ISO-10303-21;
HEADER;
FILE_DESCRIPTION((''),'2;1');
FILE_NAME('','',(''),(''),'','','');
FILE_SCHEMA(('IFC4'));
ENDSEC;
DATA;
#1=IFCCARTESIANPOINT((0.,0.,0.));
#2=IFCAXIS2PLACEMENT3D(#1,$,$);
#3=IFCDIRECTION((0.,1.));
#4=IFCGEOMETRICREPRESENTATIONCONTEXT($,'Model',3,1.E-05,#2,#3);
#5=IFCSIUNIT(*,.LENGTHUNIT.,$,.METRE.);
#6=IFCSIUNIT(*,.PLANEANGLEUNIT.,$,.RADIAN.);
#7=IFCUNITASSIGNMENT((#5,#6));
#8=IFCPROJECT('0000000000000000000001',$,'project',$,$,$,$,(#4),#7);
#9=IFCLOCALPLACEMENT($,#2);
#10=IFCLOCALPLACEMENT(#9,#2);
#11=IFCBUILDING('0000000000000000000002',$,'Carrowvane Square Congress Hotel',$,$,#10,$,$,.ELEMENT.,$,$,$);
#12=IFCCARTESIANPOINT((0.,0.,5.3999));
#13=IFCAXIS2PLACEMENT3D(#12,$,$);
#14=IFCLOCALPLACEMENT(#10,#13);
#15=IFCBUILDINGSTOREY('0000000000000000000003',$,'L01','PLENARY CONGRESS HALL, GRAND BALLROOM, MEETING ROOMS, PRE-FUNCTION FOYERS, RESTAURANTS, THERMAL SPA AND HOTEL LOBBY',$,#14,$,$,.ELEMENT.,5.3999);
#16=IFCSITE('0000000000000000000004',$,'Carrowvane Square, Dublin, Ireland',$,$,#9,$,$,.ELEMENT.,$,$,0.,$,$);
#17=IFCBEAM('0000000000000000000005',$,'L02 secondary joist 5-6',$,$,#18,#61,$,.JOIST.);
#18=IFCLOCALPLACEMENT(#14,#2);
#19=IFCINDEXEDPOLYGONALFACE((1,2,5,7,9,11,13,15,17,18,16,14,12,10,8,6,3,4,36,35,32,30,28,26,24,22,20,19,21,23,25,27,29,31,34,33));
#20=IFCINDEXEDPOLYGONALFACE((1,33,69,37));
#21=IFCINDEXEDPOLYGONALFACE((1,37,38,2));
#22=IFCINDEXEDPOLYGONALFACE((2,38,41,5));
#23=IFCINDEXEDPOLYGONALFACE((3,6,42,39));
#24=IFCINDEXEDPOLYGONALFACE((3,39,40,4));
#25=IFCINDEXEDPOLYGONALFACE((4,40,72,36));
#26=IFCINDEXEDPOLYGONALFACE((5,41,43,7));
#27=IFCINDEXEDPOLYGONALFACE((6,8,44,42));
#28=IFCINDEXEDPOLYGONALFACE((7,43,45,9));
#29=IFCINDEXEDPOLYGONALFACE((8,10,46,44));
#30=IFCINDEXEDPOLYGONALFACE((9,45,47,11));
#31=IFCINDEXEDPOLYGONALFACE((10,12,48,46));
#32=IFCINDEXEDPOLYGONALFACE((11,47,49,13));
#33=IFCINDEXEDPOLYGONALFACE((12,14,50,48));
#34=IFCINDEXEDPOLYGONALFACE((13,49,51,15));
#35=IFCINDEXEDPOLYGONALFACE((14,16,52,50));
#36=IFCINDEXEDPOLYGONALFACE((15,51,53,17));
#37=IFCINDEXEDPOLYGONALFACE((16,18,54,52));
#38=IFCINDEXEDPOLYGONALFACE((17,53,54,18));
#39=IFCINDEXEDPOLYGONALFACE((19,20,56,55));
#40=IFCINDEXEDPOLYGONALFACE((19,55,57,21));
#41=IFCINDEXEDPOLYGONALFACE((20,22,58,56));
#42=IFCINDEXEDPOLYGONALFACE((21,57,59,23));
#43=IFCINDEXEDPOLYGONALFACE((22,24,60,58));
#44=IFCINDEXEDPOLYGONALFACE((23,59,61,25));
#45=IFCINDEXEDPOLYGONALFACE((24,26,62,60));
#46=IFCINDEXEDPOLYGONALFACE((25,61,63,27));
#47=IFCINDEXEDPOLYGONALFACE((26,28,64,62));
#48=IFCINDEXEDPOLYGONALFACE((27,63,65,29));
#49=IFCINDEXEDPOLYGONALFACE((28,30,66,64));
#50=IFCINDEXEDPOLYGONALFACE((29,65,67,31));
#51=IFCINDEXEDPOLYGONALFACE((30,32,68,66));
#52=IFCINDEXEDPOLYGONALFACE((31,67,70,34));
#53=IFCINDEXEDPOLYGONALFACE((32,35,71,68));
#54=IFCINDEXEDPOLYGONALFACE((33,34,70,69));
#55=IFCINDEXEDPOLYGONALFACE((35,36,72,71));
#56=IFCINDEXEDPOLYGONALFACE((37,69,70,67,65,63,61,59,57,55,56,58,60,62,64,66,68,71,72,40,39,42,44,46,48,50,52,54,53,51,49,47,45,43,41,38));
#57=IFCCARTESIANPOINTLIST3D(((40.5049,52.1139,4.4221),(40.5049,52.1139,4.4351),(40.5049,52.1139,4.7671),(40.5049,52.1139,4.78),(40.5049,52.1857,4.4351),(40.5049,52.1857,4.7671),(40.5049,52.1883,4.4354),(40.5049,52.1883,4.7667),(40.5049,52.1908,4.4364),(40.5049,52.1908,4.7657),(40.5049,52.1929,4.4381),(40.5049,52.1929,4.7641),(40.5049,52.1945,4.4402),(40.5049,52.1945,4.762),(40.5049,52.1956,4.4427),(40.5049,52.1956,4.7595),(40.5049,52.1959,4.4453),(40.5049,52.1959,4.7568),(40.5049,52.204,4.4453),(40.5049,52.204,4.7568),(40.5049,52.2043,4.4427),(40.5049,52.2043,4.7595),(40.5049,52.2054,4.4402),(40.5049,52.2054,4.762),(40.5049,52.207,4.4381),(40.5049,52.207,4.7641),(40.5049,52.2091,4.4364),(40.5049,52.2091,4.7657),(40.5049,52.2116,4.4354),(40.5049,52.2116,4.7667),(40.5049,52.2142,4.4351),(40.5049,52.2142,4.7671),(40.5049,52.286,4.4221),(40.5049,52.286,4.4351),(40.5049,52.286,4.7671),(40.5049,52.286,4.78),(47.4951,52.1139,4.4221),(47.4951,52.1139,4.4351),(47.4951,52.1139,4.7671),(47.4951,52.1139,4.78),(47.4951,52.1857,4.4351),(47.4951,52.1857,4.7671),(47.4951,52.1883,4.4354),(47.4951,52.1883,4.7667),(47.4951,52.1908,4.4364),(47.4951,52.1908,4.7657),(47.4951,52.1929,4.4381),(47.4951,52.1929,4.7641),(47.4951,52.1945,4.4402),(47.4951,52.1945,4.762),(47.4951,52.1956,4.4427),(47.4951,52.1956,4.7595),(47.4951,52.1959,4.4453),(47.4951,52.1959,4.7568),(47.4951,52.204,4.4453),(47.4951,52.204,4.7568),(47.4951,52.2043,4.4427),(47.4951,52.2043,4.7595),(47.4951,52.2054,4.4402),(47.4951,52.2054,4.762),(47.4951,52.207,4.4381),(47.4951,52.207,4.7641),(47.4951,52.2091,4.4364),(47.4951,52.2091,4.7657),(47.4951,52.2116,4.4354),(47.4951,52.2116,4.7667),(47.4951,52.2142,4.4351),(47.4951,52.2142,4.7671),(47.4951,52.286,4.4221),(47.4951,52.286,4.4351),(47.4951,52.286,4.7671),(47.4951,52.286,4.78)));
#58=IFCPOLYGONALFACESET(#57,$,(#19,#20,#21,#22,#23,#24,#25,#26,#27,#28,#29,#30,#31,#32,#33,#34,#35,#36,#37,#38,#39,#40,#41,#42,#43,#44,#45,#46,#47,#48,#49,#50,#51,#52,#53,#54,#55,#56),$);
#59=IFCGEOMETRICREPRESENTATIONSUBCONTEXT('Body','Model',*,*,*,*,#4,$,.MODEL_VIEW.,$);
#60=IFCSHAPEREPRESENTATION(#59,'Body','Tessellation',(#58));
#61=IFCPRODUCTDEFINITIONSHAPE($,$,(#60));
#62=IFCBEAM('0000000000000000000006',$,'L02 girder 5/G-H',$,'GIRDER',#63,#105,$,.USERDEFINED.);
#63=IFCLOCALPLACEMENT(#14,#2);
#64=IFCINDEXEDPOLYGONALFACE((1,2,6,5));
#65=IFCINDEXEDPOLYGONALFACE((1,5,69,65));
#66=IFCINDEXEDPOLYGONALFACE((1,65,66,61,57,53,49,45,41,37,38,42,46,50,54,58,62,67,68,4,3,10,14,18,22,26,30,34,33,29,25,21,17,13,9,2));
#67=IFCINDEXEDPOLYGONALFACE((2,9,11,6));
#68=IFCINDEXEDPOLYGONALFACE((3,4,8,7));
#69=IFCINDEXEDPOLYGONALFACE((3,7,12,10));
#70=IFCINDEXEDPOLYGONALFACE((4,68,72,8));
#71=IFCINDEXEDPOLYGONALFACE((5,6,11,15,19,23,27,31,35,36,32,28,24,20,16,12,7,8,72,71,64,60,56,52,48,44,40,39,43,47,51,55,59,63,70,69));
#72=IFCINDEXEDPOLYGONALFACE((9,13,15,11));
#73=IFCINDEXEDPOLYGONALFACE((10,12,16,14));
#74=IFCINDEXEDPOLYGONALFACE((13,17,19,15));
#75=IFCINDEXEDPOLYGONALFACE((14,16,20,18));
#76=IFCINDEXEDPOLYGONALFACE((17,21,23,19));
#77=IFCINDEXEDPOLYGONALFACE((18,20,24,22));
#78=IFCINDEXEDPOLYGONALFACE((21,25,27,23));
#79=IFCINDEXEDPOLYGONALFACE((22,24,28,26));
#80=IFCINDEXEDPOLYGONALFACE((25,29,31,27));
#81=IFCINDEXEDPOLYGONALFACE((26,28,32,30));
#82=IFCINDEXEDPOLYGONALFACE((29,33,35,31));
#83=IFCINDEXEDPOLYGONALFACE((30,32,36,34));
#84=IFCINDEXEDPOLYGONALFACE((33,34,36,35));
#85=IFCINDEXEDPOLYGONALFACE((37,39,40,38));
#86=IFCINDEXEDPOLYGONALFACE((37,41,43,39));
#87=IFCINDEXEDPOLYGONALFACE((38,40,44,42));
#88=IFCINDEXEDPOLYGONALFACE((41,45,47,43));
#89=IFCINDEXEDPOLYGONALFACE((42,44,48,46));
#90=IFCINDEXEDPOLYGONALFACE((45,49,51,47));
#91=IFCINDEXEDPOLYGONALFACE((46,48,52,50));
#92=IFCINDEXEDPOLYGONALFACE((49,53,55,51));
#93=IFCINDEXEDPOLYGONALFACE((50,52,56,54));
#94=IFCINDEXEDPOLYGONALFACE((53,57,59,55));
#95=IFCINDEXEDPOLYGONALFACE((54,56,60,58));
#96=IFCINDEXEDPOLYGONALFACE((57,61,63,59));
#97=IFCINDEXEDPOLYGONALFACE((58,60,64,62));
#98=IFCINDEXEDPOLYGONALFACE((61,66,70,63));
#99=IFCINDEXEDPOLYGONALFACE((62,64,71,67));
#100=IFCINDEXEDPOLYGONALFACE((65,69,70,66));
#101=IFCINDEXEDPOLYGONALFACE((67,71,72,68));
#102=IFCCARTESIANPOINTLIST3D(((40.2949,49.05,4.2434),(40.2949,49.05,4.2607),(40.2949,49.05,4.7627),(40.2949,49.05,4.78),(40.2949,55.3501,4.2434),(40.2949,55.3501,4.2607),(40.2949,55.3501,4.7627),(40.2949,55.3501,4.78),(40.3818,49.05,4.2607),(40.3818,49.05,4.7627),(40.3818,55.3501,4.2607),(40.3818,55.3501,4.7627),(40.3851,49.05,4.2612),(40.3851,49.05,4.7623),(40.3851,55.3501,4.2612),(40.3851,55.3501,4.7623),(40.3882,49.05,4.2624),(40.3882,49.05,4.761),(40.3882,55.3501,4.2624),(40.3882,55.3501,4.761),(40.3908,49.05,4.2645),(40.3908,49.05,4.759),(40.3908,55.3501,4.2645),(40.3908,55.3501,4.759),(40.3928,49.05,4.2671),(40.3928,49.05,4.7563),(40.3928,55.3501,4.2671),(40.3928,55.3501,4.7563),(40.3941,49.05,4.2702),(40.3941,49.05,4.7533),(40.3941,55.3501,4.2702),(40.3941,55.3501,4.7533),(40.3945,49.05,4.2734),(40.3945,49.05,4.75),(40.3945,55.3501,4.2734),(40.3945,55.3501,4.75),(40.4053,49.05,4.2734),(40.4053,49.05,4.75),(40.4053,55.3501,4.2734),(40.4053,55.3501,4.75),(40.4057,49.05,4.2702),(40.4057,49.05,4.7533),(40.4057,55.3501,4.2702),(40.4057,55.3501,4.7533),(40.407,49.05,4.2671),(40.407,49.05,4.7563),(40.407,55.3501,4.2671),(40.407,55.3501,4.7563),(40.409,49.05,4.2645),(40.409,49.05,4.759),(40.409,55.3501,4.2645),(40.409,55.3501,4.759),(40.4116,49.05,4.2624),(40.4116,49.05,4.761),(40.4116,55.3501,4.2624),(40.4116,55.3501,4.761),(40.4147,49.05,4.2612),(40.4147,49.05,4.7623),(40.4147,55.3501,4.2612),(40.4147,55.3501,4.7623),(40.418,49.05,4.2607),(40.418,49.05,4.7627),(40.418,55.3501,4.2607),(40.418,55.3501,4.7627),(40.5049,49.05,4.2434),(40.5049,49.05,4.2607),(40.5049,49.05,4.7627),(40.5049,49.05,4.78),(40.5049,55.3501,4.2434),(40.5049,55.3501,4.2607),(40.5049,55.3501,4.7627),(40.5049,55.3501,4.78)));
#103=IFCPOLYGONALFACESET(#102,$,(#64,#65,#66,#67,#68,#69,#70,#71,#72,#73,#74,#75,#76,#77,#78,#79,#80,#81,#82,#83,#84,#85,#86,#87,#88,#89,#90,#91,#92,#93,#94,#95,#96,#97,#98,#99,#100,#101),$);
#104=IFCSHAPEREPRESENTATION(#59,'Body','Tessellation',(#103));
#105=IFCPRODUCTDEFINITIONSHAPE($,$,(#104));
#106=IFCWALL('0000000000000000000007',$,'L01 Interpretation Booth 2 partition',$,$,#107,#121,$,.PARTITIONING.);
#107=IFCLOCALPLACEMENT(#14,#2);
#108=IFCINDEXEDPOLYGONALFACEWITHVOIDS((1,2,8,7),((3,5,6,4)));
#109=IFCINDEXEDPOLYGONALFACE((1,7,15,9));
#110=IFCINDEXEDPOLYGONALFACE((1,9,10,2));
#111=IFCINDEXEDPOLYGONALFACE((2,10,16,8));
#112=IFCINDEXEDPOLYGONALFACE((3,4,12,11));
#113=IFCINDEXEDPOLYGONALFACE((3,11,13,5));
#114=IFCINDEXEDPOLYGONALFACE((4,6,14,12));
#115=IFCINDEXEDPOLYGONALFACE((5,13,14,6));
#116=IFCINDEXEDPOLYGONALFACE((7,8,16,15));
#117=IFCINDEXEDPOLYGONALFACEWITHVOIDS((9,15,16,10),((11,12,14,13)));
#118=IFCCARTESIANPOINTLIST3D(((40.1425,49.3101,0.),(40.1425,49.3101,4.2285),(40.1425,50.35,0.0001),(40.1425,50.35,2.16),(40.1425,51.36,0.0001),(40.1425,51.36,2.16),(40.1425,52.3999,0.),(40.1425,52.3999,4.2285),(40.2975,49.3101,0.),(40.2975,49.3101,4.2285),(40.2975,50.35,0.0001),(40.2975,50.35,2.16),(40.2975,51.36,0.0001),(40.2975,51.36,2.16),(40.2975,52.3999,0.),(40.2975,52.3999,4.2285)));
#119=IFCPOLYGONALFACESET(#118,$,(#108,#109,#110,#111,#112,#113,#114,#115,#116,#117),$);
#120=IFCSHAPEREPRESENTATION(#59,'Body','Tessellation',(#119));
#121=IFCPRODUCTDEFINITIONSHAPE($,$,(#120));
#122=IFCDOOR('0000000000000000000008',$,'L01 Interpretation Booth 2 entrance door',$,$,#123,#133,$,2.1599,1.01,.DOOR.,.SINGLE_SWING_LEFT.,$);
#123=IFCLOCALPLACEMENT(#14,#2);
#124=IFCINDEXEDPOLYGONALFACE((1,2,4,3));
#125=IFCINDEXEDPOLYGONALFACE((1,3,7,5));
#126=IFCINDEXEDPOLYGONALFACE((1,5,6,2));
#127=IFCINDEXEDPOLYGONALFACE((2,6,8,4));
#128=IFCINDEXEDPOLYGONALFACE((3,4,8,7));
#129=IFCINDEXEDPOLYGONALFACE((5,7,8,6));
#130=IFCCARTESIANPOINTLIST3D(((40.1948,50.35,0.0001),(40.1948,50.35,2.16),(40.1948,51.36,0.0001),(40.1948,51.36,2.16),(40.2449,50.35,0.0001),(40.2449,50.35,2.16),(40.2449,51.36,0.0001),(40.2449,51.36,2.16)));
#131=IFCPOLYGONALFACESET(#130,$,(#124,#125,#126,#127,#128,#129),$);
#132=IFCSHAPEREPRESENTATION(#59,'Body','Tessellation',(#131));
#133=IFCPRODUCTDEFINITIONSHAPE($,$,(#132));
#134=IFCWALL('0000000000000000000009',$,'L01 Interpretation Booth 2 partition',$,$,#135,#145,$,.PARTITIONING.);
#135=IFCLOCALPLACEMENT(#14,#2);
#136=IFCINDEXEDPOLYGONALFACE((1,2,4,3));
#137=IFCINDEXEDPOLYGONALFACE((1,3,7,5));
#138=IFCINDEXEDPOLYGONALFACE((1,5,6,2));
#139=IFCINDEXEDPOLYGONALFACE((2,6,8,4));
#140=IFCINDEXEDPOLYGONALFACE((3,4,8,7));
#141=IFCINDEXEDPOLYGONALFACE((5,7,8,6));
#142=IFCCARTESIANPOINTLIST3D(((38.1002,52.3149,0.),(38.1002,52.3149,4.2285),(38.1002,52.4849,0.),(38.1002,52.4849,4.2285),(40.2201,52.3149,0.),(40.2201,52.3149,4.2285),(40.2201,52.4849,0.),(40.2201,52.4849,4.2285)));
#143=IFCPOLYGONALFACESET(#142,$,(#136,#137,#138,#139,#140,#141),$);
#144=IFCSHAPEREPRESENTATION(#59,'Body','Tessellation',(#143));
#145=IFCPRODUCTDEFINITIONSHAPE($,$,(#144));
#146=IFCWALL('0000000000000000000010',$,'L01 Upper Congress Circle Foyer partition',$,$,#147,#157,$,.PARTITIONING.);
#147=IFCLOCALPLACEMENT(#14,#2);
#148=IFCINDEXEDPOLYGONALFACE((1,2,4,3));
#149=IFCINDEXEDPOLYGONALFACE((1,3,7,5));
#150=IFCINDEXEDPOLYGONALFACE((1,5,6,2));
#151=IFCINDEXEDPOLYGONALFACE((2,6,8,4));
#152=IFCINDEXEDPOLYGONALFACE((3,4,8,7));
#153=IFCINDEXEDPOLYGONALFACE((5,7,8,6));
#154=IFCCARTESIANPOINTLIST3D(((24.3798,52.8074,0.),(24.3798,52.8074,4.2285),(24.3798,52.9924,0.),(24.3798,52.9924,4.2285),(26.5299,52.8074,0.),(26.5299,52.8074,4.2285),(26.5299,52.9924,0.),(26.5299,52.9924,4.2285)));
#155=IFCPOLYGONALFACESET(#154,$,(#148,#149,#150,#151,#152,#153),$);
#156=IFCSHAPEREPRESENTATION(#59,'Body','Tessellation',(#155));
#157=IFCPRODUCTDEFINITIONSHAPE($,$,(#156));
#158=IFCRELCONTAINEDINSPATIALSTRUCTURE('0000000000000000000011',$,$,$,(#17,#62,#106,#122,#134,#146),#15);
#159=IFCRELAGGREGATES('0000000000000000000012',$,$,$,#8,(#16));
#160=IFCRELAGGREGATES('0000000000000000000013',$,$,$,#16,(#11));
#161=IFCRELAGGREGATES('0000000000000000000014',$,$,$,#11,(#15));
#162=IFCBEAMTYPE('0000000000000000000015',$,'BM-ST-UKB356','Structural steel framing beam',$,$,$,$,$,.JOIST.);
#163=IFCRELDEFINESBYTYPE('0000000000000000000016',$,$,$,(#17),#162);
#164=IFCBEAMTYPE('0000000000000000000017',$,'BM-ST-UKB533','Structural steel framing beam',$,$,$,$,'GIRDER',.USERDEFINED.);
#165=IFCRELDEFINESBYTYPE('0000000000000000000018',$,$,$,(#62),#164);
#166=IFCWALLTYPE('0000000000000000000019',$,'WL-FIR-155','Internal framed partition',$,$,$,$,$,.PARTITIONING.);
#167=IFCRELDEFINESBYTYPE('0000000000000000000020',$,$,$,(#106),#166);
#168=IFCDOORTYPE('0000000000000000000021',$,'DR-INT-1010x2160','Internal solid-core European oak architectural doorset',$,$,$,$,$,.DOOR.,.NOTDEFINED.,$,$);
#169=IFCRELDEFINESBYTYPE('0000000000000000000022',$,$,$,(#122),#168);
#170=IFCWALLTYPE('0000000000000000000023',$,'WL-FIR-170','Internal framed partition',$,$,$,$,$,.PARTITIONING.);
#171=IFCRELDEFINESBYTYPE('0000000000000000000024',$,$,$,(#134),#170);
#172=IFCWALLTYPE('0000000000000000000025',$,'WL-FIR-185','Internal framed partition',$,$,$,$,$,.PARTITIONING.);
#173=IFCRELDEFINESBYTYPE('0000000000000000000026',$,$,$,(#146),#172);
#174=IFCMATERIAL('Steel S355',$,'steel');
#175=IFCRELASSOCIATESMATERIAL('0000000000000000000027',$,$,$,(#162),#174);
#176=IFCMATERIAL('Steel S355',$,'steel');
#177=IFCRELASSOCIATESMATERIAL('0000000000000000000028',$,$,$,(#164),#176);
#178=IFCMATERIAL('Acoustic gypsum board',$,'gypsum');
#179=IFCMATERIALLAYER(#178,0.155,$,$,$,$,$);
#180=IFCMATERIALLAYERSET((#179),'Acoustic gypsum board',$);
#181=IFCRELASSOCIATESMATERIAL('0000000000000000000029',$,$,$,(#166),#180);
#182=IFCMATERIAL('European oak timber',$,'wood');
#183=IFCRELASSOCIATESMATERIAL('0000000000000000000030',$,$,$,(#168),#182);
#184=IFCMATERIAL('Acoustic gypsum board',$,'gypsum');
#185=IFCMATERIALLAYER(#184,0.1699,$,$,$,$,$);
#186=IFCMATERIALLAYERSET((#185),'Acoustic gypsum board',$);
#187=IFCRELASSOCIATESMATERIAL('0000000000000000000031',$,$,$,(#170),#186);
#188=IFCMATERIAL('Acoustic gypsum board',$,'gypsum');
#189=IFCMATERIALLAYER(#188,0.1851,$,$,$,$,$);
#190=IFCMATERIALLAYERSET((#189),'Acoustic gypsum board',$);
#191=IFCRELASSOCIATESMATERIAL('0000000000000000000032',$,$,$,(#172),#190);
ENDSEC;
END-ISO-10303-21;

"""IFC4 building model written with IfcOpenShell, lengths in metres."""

from ifc_helpers import new_model, si_unit, direction, frame, frame_2d, origin, origin_2d, place, context, subcontext, project, spatial, rectangle, i_section, extrude, material, layer, layer_set, material_profile, profile_set, type_object, element, fill, save


model = new_model("IFC4")

# Units and contexts
model_context = context("Model", 3, precision=1e-05, world=origin(), true_north=direction((0.0, 1.0)))
body_context = subcontext(model_context, "Body", "Model", "MODEL_VIEW")
ifc_project = project(units=[si_unit("LENGTHUNIT", "METRE"), si_unit("PLANEANGLEUNIT", "RADIAN")], contexts=[model_context])

# Site, building, storey
site_placement = place(None, origin())
site = spatial("IfcSite", under=ifc_project, at=site_placement, Name="Carrowvane Square, Dublin, Ireland", CompositionType="ELEMENT", RefElevation=0.0)
building_placement = place(site_placement, origin())
building = spatial("IfcBuilding", under=site, at=building_placement, Name="Carrowvane Square Congress Hotel", CompositionType="ELEMENT")
storey_placement = place(building_placement, frame((0.0, 0.0, 5.3999)))
storey = spatial("IfcBuildingStorey", under=building, at=storey_placement, Name="L01", Description="PLENARY CONGRESS HALL, GRAND BALLROOM, MEETING ROOMS, PRE-FUNCTION FOYERS, RESTAURANTS, THERMAL SPA AND HOTEL LOBBY", CompositionType="ELEMENT", Elevation=5.3999)

# Beams
ifc_material_1 = material(Name="Steel S355", Category="steel")
ifc_material_profile_1 = material_profile(ifc_material_1, i_section(OverallWidth=0.1721, OverallDepth=0.3579, WebThickness=0.0081, FlangeThickness=0.0129, FilletRadius=0.0103, at=origin_2d()), Name="UKB 356x171x57")
ifc_profile_set_1 = profile_set([ifc_material_profile_1], Name="Steel S355")
beam_type_1 = type_object("IfcBeamType", Name="BM-ST-UKB356", Description="Structural steel framing beam", PredefinedType="JOIST", material=ifc_profile_set_1)
beam_1_placement = place(storey_placement, frame((40.5049, 52.2, 4.6011), z_axis=(1.0, 0.0, 0.0), x_axis=(0.0, 1.0, 0.0)))
element("IfcBeam", 1, at=beam_1_placement, inside=storey, type_object=beam_type_1, Name="L02 secondary joist 5-6", PredefinedType="JOIST", context=body_context, shape_type="SweptSolid", body=[
    extrude(i_section(OverallWidth=0.1721, OverallDepth=0.3579, WebThickness=0.0081, FlangeThickness=0.0129, FilletRadius=0.0103, at=origin_2d()), origin(), (0.0, 0.0, 1.0), 6.9902),
])
ifc_material_2 = material(Name="Steel S355", Category="steel")
ifc_material_profile_2 = material_profile(ifc_material_2, i_section(OverallWidth=0.21, OverallDepth=0.5366, WebThickness=0.0107, FlangeThickness=0.0173, FilletRadius=0.0127, at=origin_2d()), Name="UKB 533x210x101")
ifc_profile_set_2 = profile_set([ifc_material_profile_2], Name="Steel S355")
beam_type_2 = type_object("IfcBeamType", Name="BM-ST-UKB533", Description="Structural steel framing beam", ElementType="GIRDER", PredefinedType="USERDEFINED", material=ifc_profile_set_2)
beam_2_placement = place(storey_placement, frame((40.3999, 49.05, 4.5117), z_axis=(0.0, 1.0, 0.0), x_axis=(-1.0, 0.0, 0.0)))
element("IfcBeam", 2, at=beam_2_placement, inside=storey, type_object=beam_type_2, Name="L02 girder 5/G-H", ObjectType="GIRDER", PredefinedType="USERDEFINED", context=body_context, shape_type="SweptSolid", body=[
    extrude(i_section(OverallWidth=0.21, OverallDepth=0.5366, WebThickness=0.0107, FlangeThickness=0.0173, FilletRadius=0.0127, at=origin_2d()), origin(), (0.0, 0.0, 1.0), 6.3),
])

# Wall, opening, door
ifc_material_3 = material(Name="Acoustic gypsum board", Category="gypsum")
ifc_layer_1 = layer(ifc_material_3, 0.155)
ifc_layer_set_1 = layer_set([ifc_layer_1], Name="Acoustic gypsum board")
wall_type_1 = type_object("IfcWallType", Name="WL-FIR-155", Description="Internal framed partition", PredefinedType="PARTITIONING", material=ifc_layer_set_1)
wall_1_placement = place(storey_placement, frame((40.22, 52.3999, 0.0), z_axis=(0.0, 0.0, 1.0), x_axis=(0.0, -1.0, 0.0)))
wall_1 = element("IfcWall", 3, at=wall_1_placement, inside=storey, type_object=wall_type_1, Name="L01 Interpretation Booth 2 partition", PredefinedType="PARTITIONING", context=body_context, shape_type="SweptSolid", body=[
    extrude(rectangle(XDim=3.0898, YDim=0.155, at=frame_2d((1.5449, 0.0))), origin(), (0.0, 0.0, 1.0), 4.2285),
])
opening_1_placement = place(wall_1_placement, frame((1.04, 0.0, 0.0)))
opening_1 = element("IfcOpeningElement", 4, at=opening_1_placement, cuts=wall_1, PredefinedType="OPENING", context=body_context, shape_type="SweptSolid", body=[
    extrude(rectangle(XDim=1.01, YDim=2.1599, at=frame_2d((0.5049, 1.0801))), frame((0.0, 0.0874, 0.0), z_axis=(0.0, -1.0, 0.0), x_axis=(1.0, 0.0, 0.0)), (0.0, 0.0, 1.0), 0.175),
])
ifc_material_4 = material(Name="European oak timber", Category="wood")
door_type_1 = type_object("IfcDoorType", Name="DR-INT-1010x2160", Description="Internal solid-core European oak architectural doorset", OperationType="NOTDEFINED", PredefinedType="DOOR", material=ifc_material_4)
door_1_placement = place(opening_1_placement, origin())
door_1 = element("IfcDoor", 5, at=door_1_placement, inside=storey, type_object=door_type_1, Name="L01 Interpretation Booth 2 entrance door", OperationType="SINGLE_SWING_LEFT", OverallHeight=2.1599, OverallWidth=1.01, PredefinedType="DOOR", context=body_context, shape_type="SweptSolid", body=[
    extrude(rectangle(XDim=1.01, YDim=2.1599, at=frame_2d((0.5049, 1.0801))), frame((0.0, 0.0249, 0.0), z_axis=(0.0, -1.0, 0.0), x_axis=(1.0, 0.0, 0.0)), (0.0, 0.0, 1.0), 0.05),
])
fill(opening_1, door_1)

# Walls
ifc_material_5 = material(Name="Acoustic gypsum board", Category="gypsum")
ifc_layer_2 = layer(ifc_material_5, 0.1699)
ifc_layer_set_2 = layer_set([ifc_layer_2], Name="Acoustic gypsum board")
wall_type_2 = type_object("IfcWallType", Name="WL-FIR-170", Description="Internal framed partition", PredefinedType="PARTITIONING", material=ifc_layer_set_2)
wall_2_placement = place(storey_placement, frame((38.1001, 52.3999, 0.0), z_axis=(0.0, 0.0, 1.0), x_axis=(1.0, 0.0, 0.0)))
element("IfcWall", 6, at=wall_2_placement, inside=storey, type_object=wall_type_2, Name="L01 Interpretation Booth 2 partition", PredefinedType="PARTITIONING", context=body_context, shape_type="SweptSolid", body=[
    extrude(rectangle(XDim=2.1199, YDim=0.1699, at=frame_2d((1.0601, 0.0))), origin(), (0.0, 0.0, 1.0), 4.2285),
])
ifc_material_6 = material(Name="Acoustic gypsum board", Category="gypsum")
ifc_layer_3 = layer(ifc_material_6, 0.1851)
ifc_layer_set_3 = layer_set([ifc_layer_3], Name="Acoustic gypsum board")
wall_type_3 = type_object("IfcWallType", Name="WL-FIR-185", Description="Internal framed partition", PredefinedType="PARTITIONING", material=ifc_layer_set_3)
wall_3_placement = place(storey_placement, frame((26.53, 52.8999, 0.0), z_axis=(0.0, 0.0, 1.0), x_axis=(-1.0, 0.0, 0.0)))
element("IfcWall", 7, at=wall_3_placement, inside=storey, type_object=wall_type_3, Name="L01 Upper Congress Circle Foyer partition", PredefinedType="PARTITIONING", context=body_context, shape_type="SweptSolid", body=[
    extrude(rectangle(XDim=2.1501, YDim=0.1851, at=frame_2d((1.0752, 0.0))), origin(), (0.0, 0.0, 1.0), 4.2285),
])

save(model, "model.ifc")
